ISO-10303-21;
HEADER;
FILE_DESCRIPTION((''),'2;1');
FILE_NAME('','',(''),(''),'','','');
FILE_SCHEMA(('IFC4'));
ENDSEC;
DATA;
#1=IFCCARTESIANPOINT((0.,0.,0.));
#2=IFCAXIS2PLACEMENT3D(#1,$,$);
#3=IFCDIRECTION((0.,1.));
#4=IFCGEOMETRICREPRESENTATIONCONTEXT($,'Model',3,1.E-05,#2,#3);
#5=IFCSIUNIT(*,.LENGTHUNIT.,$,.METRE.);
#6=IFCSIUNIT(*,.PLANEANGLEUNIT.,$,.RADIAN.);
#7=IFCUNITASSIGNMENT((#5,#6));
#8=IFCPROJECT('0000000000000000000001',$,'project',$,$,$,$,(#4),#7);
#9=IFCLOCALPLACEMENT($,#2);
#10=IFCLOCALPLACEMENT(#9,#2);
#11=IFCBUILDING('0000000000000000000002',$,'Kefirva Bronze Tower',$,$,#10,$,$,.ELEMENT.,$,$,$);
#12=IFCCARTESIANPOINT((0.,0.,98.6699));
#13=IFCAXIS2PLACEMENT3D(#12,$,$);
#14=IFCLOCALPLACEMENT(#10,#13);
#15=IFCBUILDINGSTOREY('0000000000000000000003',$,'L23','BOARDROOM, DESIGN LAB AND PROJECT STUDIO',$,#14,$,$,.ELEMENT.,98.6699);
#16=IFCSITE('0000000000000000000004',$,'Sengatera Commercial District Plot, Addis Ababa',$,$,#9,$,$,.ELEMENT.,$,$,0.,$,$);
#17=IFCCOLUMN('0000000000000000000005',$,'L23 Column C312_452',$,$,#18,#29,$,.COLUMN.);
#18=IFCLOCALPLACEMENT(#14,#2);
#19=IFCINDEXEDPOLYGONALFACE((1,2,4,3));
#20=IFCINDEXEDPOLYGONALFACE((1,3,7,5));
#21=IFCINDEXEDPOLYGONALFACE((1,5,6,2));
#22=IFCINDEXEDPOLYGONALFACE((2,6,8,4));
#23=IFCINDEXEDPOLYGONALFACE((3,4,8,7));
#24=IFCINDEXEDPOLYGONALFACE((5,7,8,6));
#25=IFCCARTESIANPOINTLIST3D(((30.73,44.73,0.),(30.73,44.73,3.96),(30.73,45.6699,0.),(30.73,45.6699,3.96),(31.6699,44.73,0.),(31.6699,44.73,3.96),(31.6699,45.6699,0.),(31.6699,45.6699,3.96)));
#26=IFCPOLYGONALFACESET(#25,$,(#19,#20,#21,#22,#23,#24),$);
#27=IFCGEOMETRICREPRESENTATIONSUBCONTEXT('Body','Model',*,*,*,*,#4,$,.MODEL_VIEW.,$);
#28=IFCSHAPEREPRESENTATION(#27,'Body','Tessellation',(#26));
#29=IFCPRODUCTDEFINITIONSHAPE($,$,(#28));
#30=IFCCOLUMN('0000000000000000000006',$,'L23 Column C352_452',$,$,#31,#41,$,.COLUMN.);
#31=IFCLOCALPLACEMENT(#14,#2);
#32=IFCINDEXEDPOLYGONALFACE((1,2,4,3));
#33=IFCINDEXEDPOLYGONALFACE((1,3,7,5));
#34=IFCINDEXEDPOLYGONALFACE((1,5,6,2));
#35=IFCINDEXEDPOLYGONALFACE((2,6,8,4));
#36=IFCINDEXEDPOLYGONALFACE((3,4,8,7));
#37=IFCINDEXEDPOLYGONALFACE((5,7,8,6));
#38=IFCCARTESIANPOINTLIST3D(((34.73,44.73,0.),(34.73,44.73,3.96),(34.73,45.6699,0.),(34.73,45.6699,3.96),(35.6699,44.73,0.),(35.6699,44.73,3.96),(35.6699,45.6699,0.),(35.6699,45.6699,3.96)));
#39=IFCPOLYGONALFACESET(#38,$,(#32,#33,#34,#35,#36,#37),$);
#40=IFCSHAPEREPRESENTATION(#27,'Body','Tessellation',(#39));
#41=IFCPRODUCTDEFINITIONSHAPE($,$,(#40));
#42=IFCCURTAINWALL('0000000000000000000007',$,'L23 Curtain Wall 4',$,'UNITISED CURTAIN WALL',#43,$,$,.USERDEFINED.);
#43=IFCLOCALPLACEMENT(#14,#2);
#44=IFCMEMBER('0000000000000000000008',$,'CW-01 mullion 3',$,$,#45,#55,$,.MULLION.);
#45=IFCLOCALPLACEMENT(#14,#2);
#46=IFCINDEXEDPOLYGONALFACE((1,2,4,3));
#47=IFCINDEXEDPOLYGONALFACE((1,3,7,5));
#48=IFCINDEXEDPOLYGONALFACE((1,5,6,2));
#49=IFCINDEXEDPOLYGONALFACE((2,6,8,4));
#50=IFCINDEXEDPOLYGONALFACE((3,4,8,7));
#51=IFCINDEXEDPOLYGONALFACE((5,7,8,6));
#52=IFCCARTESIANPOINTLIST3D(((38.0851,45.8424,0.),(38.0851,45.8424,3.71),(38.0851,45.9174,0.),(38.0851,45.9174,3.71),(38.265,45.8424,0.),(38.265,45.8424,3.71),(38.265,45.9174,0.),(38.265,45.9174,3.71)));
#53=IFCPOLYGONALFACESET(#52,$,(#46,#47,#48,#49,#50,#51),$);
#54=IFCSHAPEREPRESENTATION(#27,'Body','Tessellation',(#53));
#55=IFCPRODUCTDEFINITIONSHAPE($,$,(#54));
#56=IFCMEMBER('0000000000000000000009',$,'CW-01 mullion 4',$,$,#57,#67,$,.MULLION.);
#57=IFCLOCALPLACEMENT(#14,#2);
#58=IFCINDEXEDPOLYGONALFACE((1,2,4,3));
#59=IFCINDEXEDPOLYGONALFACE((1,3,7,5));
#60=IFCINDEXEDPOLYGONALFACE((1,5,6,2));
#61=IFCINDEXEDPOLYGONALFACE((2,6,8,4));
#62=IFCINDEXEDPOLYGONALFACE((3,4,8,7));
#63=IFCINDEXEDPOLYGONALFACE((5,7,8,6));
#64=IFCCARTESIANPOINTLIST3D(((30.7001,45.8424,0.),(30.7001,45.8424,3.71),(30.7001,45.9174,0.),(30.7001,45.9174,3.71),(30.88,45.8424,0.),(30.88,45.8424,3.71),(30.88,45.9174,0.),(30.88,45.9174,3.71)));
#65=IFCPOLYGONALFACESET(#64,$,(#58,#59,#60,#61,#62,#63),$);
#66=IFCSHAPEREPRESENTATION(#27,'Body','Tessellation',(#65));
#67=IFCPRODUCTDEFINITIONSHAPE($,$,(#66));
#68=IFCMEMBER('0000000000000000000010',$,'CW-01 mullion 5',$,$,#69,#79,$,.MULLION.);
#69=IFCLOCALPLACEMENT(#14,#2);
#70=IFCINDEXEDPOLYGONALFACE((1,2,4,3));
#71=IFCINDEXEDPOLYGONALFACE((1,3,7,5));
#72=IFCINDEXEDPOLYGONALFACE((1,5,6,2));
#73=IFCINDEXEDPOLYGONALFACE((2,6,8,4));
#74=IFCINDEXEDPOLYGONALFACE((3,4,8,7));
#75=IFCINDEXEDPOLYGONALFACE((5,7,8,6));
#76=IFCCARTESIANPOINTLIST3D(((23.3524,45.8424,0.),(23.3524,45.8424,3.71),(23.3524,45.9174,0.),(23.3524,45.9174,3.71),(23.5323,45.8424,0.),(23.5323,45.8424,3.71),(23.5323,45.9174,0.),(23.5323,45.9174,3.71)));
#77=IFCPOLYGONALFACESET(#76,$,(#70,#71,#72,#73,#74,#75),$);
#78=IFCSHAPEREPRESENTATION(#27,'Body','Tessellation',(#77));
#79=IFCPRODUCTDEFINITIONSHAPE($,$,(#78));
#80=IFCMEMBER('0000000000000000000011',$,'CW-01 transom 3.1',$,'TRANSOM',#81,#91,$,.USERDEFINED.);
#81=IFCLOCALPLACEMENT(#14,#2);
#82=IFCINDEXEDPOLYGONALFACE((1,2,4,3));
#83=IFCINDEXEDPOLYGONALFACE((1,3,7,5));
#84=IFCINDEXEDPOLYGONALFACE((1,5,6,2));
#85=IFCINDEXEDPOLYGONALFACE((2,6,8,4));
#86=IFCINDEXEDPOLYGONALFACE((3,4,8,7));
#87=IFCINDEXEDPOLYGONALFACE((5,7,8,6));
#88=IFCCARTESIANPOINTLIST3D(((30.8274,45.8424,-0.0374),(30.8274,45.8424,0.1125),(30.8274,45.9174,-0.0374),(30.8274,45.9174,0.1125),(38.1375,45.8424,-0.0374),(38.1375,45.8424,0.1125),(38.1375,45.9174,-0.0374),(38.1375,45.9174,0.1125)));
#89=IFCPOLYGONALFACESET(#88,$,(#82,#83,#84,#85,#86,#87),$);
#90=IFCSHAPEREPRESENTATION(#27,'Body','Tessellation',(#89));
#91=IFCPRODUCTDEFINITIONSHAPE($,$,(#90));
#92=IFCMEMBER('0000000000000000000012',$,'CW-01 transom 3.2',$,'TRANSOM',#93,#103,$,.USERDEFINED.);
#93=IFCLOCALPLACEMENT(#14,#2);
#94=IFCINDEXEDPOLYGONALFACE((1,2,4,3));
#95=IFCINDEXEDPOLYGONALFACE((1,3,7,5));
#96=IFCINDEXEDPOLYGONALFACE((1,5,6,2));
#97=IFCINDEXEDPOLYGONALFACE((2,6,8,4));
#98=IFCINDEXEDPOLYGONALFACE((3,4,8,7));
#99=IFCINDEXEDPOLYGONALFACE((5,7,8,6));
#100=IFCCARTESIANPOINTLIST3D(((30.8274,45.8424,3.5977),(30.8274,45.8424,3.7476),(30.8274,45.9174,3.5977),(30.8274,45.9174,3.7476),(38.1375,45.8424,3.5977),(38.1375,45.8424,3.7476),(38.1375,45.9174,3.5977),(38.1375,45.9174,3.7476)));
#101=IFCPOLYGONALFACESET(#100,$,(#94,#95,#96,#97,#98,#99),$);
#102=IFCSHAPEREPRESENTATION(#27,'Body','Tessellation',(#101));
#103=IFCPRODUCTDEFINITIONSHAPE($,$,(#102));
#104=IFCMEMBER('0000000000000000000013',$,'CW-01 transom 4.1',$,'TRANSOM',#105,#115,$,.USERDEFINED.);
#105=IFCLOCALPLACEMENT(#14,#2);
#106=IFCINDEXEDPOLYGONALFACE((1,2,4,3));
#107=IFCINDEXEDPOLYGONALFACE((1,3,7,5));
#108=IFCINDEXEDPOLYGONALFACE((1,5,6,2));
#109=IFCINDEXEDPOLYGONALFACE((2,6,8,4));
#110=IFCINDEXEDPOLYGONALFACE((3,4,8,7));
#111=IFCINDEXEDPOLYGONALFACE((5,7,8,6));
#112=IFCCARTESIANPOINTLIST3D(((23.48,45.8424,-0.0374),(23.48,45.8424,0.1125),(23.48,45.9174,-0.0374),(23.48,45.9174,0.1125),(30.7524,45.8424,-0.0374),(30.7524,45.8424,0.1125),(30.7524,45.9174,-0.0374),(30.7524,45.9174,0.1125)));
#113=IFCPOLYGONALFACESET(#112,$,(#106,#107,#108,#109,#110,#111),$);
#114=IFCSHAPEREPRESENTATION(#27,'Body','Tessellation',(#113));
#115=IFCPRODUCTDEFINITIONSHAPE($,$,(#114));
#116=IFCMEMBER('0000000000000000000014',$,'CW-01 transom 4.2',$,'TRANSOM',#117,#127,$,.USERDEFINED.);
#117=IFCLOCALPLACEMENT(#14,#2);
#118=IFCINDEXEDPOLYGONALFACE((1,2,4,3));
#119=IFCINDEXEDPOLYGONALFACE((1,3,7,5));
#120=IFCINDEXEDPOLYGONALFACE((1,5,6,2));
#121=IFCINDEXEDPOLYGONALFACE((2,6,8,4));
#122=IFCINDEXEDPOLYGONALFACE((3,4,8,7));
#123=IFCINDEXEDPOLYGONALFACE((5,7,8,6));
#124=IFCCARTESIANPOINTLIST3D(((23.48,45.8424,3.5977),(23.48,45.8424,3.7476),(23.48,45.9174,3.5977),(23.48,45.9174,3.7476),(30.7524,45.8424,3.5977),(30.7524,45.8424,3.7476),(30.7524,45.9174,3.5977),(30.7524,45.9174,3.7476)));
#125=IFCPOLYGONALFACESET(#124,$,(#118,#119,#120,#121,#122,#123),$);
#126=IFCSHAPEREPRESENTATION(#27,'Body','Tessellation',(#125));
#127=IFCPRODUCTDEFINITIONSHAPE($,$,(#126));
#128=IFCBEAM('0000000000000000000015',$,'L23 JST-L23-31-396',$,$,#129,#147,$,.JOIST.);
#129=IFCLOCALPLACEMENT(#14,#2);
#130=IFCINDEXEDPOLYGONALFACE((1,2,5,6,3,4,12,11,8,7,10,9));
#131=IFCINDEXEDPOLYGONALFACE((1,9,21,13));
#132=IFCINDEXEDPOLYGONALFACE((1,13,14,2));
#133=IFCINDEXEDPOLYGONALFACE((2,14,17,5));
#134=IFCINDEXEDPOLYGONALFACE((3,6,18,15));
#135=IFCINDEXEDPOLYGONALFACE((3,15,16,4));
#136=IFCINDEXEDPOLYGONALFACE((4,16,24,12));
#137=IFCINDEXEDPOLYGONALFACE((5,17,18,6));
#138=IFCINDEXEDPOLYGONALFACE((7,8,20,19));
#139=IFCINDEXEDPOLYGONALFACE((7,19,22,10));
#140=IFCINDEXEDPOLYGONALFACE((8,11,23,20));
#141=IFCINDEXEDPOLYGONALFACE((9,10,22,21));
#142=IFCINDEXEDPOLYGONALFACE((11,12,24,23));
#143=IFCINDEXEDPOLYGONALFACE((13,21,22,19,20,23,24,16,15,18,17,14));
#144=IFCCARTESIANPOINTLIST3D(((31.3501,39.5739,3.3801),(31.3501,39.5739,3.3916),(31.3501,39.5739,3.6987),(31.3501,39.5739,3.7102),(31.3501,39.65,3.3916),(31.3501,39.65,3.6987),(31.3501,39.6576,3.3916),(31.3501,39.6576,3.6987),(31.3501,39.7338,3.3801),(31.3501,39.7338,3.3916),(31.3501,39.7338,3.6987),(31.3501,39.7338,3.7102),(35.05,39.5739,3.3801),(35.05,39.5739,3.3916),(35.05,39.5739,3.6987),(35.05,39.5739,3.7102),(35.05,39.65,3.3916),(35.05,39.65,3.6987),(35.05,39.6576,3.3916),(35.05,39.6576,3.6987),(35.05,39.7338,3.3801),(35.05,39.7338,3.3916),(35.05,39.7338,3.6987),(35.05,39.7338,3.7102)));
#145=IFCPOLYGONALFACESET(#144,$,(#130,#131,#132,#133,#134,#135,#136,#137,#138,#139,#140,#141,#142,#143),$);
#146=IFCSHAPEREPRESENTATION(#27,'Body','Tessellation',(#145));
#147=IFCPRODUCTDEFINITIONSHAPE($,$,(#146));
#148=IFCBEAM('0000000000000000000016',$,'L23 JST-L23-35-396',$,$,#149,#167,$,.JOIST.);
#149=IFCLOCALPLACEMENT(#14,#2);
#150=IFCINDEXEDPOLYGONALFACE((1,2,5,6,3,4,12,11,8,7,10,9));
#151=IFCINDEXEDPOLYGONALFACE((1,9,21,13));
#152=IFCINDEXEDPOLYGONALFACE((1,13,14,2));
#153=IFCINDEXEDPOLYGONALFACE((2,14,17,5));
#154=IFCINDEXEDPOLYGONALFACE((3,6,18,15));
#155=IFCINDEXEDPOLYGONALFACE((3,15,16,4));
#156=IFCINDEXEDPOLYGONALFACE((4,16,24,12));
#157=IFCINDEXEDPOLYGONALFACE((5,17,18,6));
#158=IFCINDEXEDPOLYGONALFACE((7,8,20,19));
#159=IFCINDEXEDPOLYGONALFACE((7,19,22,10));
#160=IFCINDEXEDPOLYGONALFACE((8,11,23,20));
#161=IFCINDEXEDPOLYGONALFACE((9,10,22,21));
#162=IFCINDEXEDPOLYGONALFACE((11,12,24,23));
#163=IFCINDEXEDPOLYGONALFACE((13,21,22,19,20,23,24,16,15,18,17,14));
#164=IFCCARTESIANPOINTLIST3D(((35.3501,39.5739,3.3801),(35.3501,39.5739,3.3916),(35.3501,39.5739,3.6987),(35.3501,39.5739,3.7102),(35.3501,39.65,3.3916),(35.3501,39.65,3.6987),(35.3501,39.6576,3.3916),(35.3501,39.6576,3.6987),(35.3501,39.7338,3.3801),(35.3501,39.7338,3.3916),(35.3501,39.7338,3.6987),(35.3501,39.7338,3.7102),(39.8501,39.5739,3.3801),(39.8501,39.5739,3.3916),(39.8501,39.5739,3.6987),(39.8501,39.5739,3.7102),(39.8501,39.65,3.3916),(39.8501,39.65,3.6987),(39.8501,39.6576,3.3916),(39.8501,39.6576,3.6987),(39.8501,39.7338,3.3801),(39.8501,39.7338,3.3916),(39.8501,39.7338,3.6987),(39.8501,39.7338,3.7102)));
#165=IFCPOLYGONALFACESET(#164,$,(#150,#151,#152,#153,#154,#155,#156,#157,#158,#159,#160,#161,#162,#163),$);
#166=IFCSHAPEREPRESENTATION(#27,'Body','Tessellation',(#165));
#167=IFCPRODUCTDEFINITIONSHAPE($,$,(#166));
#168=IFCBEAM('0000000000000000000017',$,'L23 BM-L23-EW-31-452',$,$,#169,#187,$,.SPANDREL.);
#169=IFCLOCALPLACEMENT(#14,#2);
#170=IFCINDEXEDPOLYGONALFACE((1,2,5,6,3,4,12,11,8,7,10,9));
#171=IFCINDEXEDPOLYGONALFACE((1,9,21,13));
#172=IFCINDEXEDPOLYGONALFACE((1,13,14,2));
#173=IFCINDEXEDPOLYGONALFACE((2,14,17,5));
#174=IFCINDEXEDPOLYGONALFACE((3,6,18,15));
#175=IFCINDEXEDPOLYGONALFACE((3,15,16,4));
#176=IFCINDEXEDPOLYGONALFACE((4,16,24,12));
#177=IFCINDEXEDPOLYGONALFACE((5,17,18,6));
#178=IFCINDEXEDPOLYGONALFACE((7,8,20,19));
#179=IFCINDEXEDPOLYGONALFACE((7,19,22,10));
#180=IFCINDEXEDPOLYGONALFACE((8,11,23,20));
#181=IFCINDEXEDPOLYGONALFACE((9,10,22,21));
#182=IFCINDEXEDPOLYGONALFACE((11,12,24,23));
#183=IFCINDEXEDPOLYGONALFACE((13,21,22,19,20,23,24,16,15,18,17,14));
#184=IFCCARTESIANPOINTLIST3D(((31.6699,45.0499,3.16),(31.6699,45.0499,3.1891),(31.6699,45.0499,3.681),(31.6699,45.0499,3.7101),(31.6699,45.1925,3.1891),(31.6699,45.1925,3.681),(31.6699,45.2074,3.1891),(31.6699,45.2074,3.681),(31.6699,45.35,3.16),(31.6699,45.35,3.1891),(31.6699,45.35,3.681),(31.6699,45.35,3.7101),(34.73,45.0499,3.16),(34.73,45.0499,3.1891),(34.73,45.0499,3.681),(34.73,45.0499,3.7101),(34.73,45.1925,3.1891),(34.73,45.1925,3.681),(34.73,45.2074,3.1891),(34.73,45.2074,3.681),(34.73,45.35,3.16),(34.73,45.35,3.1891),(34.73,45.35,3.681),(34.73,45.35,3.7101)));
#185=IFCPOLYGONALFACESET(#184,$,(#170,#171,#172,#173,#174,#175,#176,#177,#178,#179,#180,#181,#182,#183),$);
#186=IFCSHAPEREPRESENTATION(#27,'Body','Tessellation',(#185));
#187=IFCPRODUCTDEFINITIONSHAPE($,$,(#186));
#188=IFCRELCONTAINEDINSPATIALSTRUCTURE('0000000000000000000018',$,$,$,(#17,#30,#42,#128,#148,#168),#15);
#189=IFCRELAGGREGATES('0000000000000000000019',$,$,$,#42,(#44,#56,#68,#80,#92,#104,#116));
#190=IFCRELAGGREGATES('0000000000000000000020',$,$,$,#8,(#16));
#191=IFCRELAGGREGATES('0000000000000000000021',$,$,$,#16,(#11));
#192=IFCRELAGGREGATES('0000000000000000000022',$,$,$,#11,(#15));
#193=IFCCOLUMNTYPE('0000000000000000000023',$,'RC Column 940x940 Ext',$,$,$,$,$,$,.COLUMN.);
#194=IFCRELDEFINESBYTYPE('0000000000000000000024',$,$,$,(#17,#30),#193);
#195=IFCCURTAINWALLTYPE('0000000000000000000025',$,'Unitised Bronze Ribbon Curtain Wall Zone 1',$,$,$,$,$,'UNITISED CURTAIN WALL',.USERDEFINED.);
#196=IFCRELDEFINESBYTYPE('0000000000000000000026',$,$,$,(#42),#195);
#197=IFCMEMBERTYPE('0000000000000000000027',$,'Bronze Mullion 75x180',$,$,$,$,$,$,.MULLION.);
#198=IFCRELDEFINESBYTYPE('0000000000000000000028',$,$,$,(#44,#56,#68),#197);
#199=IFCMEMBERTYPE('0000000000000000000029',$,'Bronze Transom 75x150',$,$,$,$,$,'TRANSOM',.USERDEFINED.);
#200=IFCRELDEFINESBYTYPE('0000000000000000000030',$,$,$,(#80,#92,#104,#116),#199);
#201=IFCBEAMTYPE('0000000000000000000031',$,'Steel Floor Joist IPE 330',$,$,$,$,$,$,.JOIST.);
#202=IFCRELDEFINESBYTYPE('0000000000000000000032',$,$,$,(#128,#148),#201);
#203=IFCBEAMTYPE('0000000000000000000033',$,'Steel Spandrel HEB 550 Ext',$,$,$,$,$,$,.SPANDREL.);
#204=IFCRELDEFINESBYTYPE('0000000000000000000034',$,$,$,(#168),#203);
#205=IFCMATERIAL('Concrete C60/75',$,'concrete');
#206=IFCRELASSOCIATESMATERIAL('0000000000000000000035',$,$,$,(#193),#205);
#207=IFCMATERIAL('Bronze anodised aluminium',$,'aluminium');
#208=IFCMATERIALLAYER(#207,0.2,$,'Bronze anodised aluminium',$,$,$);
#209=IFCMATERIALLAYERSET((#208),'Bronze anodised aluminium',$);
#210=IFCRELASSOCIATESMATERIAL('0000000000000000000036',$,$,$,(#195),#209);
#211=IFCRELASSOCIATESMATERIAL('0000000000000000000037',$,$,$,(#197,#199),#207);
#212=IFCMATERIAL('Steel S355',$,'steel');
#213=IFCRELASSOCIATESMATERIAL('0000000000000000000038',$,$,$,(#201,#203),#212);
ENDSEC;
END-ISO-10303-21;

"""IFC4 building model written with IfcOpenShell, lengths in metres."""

from ifc_helpers import new_model, si_unit, direction, frame, origin, origin_2d, place, context, subcontext, project, spatial, rectangle, i_section, extrude, material, layer, layer_set, material_profile, profile_set, type_object, element, aggregate, save


model = new_model("IFC4")

# Units and contexts
model_context = context("Model", 3, precision=1e-05, world=origin(), true_north=direction((0.0, 1.0)))
body_context = subcontext(model_context, "Body", "Model", "MODEL_VIEW")
ifc_project = project(units=[si_unit("LENGTHUNIT", "METRE"), si_unit("PLANEANGLEUNIT", "RADIAN")], contexts=[model_context])

# Site, building, storey
site_placement = place(None, origin())
site = spatial("IfcSite", under=ifc_project, at=site_placement, Name="Sengatera Commercial District Plot, Addis Ababa", CompositionType="ELEMENT", RefElevation=0.0)
building_placement = place(site_placement, origin())
building = spatial("IfcBuilding", under=site, at=building_placement, Name="Kefirva Bronze Tower", CompositionType="ELEMENT")
storey_placement = place(building_placement, frame((0.0, 0.0, 98.6699)))
storey = spatial("IfcBuildingStorey", under=building, at=storey_placement, Name="L23", Description="BOARDROOM, DESIGN LAB AND PROJECT STUDIO", CompositionType="ELEMENT", Elevation=98.6699)

# Columns
ifc_material_1 = material(Name="Concrete C60/75", Category="concrete")
ifc_material_profile_1 = material_profile(ifc_material_1, rectangle(XDim=0.9399, YDim=0.9399, at=origin_2d()), Name="RC 940x940")
ifc_profile_set_1 = profile_set([ifc_material_profile_1], Name="Concrete C60/75")
column_type = type_object("IfcColumnType", Name="RC Column 940x940 Ext", PredefinedType="COLUMN", material=ifc_profile_set_1)
for number, where, z_axis, x_axis, name in (
    (1, (31.2, 45.2, 0.0), (0.0, 0.0, 1.0), (1.0, 0.0, 0.0), "L23 Column C312_452"),
    (2, (35.2, 45.2, 0.0), (0.0, 0.0, 1.0), (1.0, 0.0, 0.0), "L23 Column C352_452"),
):
    element("IfcColumn", number, at=place(storey_placement, frame(where, z_axis=z_axis, x_axis=x_axis)), inside=storey, type_object=column_type, Name=name, PredefinedType="COLUMN", context=body_context, shape_type="SweptSolid", body=[
        extrude(rectangle(XDim=0.9399, YDim=0.9399, at=origin_2d()), origin(), (0.0, 0.0, 1.0), 3.96),
    ])

# Curtain wall, members
ifc_material_2 = material(Name="Bronze anodised aluminium", Category="aluminium")
ifc_layer_1 = layer(ifc_material_2, 0.2, Name="Bronze anodised aluminium")
ifc_layer_set_1 = layer_set([ifc_layer_1], Name="Bronze anodised aluminium")
curtain_wall_type = type_object("IfcCurtainWallType", Name="Unitised Bronze Ribbon Curtain Wall Zone 1", ElementType="UNITISED CURTAIN WALL", PredefinedType="USERDEFINED", material=ifc_layer_set_1)
curtain_wall_placement = place(storey_placement, origin())
curtain_wall = element("IfcCurtainWall", 3, at=curtain_wall_placement, inside=storey, type_object=curtain_wall_type, Name="L23 Curtain Wall 4", ObjectType="UNITISED CURTAIN WALL", PredefinedType="USERDEFINED")
ifc_material_profile_2 = material_profile(ifc_material_2, rectangle(XDim=0.075, YDim=0.1799, at=origin_2d()), Name="ALU 75x180")
ifc_profile_set_2 = profile_set([ifc_material_profile_2], Name="Bronze anodised aluminium")
member_type_1 = type_object("IfcMemberType", Name="Bronze Mullion 75x180", PredefinedType="MULLION", material=ifc_profile_set_2)
member_1_placement = place(storey_placement, frame((38.175, 45.8799, 0.0), z_axis=(0.0, 0.0, 1.0), x_axis=(0.0, -1.0, 0.0)))
member_1 = element("IfcMember", 4, at=member_1_placement, type_object=member_type_1, Name="CW-01 mullion 3", PredefinedType="MULLION", context=body_context, shape_type="SweptSolid", body=[
    extrude(rectangle(XDim=0.075, YDim=0.1799, at=origin_2d()), origin(), (0.0, 0.0, 1.0), 3.71),
])
member_2_placement = place(storey_placement, frame((30.79, 45.8799, 0.0), z_axis=(0.0, 0.0, 1.0), x_axis=(0.0, -1.0, 0.0)))
member_2 = element("IfcMember", 5, at=member_2_placement, type_object=member_type_1, Name="CW-01 mullion 4", PredefinedType="MULLION", context=body_context, shape_type="SweptSolid", body=[
    extrude(rectangle(XDim=0.075, YDim=0.1799, at=origin_2d()), origin(), (0.0, 0.0, 1.0), 3.71),
])
member_3_placement = place(storey_placement, frame((23.4424, 45.8799, 0.0), z_axis=(0.0, 0.0, 1.0), x_axis=(0.0, -1.0, 0.0)))
member_3 = element("IfcMember", 6, at=member_3_placement, type_object=member_type_1, Name="CW-01 mullion 5", PredefinedType="MULLION", context=body_context, shape_type="SweptSolid", body=[
    extrude(rectangle(XDim=0.075, YDim=0.1799, at=origin_2d()), origin(), (0.0, 0.0, 1.0), 3.71),
])
ifc_material_profile_3 = material_profile(ifc_material_2, rectangle(XDim=0.075, YDim=0.1499, at=origin_2d()), Name="ALU 75x150")
ifc_profile_set_3 = profile_set([ifc_material_profile_3], Name="Bronze anodised aluminium")
member_type_2 = type_object("IfcMemberType", Name="Bronze Transom 75x150", ElementType="TRANSOM", PredefinedType="USERDEFINED", material=ifc_profile_set_3)
member_4_placement = place(storey_placement, frame((38.1375, 45.8799, 0.0376), z_axis=(-1.0, 0.0, 0.0), x_axis=(0.0, -1.0, 0.0)))
member_4 = element("IfcMember", 7, at=member_4_placement, type_object=member_type_2, Name="CW-01 transom 3.1", ObjectType="TRANSOM", PredefinedType="USERDEFINED", context=body_context, shape_type="SweptSolid", body=[
    extrude(rectangle(XDim=0.075, YDim=0.1499, at=origin_2d()), origin(), (0.0, 0.0, 1.0), 7.3101),
])
member_5_placement = place(storey_placement, frame((38.1375, 45.8799, 3.6726), z_axis=(-1.0, 0.0, 0.0), x_axis=(0.0, -1.0, 0.0)))
member_5 = element("IfcMember", 8, at=member_5_placement, type_object=member_type_2, Name="CW-01 transom 3.2", ObjectType="TRANSOM", PredefinedType="USERDEFINED", context=body_context, shape_type="SweptSolid", body=[
    extrude(rectangle(XDim=0.075, YDim=0.1499, at=origin_2d()), origin(), (0.0, 0.0, 1.0), 7.3101),
])
member_6_placement = place(storey_placement, frame((30.7524, 45.8799, 0.0376), z_axis=(-1.0, 0.0, 0.0), x_axis=(0.0, -1.0, 0.0)))
member_6 = element("IfcMember", 9, at=member_6_placement, type_object=member_type_2, Name="CW-01 transom 4.1", ObjectType="TRANSOM", PredefinedType="USERDEFINED", context=body_context, shape_type="SweptSolid", body=[
    extrude(rectangle(XDim=0.075, YDim=0.1499, at=origin_2d()), origin(), (0.0, 0.0, 1.0), 7.2725),
])
member_7_placement = place(storey_placement, frame((30.7524, 45.8799, 3.6726), z_axis=(-1.0, 0.0, 0.0), x_axis=(0.0, -1.0, 0.0)))
member_7 = element("IfcMember", 10, at=member_7_placement, type_object=member_type_2, Name="CW-01 transom 4.2", ObjectType="TRANSOM", PredefinedType="USERDEFINED", context=body_context, shape_type="SweptSolid", body=[
    extrude(rectangle(XDim=0.075, YDim=0.1499, at=origin_2d()), origin(), (0.0, 0.0, 1.0), 7.2725),
])

# Beams
ifc_material_3 = material(Name="Steel S355", Category="steel")
ifc_material_profile_4 = material_profile(ifc_material_3, i_section(OverallWidth=0.1599, OverallDepth=0.3301, WebThickness=0.0076, FlangeThickness=0.0115, at=origin_2d()), Name="IPE 330")
ifc_profile_set_4 = profile_set([ifc_material_profile_4], Name="Steel S355")
beam_type_1 = type_object("IfcBeamType", Name="Steel Floor Joist IPE 330", PredefinedType="JOIST", material=ifc_profile_set_4)
beam_1_placement = place(storey_placement, frame((31.3501, 39.6538, 3.5452), z_axis=(1.0, 0.0, 0.0), x_axis=(0.0, 1.0, 0.0)))
element("IfcBeam", 11, at=beam_1_placement, inside=storey, type_object=beam_type_1, Name="L23 JST-L23-31-396", PredefinedType="JOIST", context=body_context, shape_type="SweptSolid", body=[
    extrude(i_section(OverallWidth=0.1599, OverallDepth=0.3301, WebThickness=0.0076, FlangeThickness=0.0115, at=origin_2d()), origin(), (0.0, 0.0, 1.0), 3.7),
])
beam_2_placement = place(storey_placement, frame((35.3501, 39.6538, 3.5452), z_axis=(1.0, 0.0, 0.0), x_axis=(0.0, 1.0, 0.0)))
element("IfcBeam", 12, at=beam_2_placement, inside=storey, type_object=beam_type_1, Name="L23 JST-L23-35-396", PredefinedType="JOIST", context=body_context, shape_type="SweptSolid", body=[
    extrude(i_section(OverallWidth=0.1599, OverallDepth=0.3301, WebThickness=0.0076, FlangeThickness=0.0115, at=origin_2d()), origin(), (0.0, 0.0, 1.0), 4.5),
])
ifc_material_profile_5 = material_profile(ifc_material_3, i_section(OverallWidth=0.3, OverallDepth=0.55, WebThickness=0.0149, FlangeThickness=0.0291, at=origin_2d()), Name="HEB 550")
ifc_profile_set_5 = profile_set([ifc_material_profile_5], Name="Steel S355")
beam_type_2 = type_object("IfcBeamType", Name="Steel Spandrel HEB 550 Ext", PredefinedType="SPANDREL", material=ifc_profile_set_5)
beam_3_placement = place(storey_placement, frame((31.6699, 45.2, 3.4351), z_axis=(1.0, 0.0, 0.0), x_axis=(0.0, 1.0, 0.0)))
element("IfcBeam", 13, at=beam_3_placement, inside=storey, type_object=beam_type_2, Name="L23 BM-L23-EW-31-452", PredefinedType="SPANDREL", context=body_context, shape_type="SweptSolid", body=[
    extrude(i_section(OverallWidth=0.3, OverallDepth=0.55, WebThickness=0.0149, FlangeThickness=0.0291, at=origin_2d()), origin(), (0.0, 0.0, 1.0), 3.0601),
])

aggregate(curtain_wall, [member_1, member_2, member_3, member_4, member_5, member_6, member_7])

save(model, "model.ifc")
